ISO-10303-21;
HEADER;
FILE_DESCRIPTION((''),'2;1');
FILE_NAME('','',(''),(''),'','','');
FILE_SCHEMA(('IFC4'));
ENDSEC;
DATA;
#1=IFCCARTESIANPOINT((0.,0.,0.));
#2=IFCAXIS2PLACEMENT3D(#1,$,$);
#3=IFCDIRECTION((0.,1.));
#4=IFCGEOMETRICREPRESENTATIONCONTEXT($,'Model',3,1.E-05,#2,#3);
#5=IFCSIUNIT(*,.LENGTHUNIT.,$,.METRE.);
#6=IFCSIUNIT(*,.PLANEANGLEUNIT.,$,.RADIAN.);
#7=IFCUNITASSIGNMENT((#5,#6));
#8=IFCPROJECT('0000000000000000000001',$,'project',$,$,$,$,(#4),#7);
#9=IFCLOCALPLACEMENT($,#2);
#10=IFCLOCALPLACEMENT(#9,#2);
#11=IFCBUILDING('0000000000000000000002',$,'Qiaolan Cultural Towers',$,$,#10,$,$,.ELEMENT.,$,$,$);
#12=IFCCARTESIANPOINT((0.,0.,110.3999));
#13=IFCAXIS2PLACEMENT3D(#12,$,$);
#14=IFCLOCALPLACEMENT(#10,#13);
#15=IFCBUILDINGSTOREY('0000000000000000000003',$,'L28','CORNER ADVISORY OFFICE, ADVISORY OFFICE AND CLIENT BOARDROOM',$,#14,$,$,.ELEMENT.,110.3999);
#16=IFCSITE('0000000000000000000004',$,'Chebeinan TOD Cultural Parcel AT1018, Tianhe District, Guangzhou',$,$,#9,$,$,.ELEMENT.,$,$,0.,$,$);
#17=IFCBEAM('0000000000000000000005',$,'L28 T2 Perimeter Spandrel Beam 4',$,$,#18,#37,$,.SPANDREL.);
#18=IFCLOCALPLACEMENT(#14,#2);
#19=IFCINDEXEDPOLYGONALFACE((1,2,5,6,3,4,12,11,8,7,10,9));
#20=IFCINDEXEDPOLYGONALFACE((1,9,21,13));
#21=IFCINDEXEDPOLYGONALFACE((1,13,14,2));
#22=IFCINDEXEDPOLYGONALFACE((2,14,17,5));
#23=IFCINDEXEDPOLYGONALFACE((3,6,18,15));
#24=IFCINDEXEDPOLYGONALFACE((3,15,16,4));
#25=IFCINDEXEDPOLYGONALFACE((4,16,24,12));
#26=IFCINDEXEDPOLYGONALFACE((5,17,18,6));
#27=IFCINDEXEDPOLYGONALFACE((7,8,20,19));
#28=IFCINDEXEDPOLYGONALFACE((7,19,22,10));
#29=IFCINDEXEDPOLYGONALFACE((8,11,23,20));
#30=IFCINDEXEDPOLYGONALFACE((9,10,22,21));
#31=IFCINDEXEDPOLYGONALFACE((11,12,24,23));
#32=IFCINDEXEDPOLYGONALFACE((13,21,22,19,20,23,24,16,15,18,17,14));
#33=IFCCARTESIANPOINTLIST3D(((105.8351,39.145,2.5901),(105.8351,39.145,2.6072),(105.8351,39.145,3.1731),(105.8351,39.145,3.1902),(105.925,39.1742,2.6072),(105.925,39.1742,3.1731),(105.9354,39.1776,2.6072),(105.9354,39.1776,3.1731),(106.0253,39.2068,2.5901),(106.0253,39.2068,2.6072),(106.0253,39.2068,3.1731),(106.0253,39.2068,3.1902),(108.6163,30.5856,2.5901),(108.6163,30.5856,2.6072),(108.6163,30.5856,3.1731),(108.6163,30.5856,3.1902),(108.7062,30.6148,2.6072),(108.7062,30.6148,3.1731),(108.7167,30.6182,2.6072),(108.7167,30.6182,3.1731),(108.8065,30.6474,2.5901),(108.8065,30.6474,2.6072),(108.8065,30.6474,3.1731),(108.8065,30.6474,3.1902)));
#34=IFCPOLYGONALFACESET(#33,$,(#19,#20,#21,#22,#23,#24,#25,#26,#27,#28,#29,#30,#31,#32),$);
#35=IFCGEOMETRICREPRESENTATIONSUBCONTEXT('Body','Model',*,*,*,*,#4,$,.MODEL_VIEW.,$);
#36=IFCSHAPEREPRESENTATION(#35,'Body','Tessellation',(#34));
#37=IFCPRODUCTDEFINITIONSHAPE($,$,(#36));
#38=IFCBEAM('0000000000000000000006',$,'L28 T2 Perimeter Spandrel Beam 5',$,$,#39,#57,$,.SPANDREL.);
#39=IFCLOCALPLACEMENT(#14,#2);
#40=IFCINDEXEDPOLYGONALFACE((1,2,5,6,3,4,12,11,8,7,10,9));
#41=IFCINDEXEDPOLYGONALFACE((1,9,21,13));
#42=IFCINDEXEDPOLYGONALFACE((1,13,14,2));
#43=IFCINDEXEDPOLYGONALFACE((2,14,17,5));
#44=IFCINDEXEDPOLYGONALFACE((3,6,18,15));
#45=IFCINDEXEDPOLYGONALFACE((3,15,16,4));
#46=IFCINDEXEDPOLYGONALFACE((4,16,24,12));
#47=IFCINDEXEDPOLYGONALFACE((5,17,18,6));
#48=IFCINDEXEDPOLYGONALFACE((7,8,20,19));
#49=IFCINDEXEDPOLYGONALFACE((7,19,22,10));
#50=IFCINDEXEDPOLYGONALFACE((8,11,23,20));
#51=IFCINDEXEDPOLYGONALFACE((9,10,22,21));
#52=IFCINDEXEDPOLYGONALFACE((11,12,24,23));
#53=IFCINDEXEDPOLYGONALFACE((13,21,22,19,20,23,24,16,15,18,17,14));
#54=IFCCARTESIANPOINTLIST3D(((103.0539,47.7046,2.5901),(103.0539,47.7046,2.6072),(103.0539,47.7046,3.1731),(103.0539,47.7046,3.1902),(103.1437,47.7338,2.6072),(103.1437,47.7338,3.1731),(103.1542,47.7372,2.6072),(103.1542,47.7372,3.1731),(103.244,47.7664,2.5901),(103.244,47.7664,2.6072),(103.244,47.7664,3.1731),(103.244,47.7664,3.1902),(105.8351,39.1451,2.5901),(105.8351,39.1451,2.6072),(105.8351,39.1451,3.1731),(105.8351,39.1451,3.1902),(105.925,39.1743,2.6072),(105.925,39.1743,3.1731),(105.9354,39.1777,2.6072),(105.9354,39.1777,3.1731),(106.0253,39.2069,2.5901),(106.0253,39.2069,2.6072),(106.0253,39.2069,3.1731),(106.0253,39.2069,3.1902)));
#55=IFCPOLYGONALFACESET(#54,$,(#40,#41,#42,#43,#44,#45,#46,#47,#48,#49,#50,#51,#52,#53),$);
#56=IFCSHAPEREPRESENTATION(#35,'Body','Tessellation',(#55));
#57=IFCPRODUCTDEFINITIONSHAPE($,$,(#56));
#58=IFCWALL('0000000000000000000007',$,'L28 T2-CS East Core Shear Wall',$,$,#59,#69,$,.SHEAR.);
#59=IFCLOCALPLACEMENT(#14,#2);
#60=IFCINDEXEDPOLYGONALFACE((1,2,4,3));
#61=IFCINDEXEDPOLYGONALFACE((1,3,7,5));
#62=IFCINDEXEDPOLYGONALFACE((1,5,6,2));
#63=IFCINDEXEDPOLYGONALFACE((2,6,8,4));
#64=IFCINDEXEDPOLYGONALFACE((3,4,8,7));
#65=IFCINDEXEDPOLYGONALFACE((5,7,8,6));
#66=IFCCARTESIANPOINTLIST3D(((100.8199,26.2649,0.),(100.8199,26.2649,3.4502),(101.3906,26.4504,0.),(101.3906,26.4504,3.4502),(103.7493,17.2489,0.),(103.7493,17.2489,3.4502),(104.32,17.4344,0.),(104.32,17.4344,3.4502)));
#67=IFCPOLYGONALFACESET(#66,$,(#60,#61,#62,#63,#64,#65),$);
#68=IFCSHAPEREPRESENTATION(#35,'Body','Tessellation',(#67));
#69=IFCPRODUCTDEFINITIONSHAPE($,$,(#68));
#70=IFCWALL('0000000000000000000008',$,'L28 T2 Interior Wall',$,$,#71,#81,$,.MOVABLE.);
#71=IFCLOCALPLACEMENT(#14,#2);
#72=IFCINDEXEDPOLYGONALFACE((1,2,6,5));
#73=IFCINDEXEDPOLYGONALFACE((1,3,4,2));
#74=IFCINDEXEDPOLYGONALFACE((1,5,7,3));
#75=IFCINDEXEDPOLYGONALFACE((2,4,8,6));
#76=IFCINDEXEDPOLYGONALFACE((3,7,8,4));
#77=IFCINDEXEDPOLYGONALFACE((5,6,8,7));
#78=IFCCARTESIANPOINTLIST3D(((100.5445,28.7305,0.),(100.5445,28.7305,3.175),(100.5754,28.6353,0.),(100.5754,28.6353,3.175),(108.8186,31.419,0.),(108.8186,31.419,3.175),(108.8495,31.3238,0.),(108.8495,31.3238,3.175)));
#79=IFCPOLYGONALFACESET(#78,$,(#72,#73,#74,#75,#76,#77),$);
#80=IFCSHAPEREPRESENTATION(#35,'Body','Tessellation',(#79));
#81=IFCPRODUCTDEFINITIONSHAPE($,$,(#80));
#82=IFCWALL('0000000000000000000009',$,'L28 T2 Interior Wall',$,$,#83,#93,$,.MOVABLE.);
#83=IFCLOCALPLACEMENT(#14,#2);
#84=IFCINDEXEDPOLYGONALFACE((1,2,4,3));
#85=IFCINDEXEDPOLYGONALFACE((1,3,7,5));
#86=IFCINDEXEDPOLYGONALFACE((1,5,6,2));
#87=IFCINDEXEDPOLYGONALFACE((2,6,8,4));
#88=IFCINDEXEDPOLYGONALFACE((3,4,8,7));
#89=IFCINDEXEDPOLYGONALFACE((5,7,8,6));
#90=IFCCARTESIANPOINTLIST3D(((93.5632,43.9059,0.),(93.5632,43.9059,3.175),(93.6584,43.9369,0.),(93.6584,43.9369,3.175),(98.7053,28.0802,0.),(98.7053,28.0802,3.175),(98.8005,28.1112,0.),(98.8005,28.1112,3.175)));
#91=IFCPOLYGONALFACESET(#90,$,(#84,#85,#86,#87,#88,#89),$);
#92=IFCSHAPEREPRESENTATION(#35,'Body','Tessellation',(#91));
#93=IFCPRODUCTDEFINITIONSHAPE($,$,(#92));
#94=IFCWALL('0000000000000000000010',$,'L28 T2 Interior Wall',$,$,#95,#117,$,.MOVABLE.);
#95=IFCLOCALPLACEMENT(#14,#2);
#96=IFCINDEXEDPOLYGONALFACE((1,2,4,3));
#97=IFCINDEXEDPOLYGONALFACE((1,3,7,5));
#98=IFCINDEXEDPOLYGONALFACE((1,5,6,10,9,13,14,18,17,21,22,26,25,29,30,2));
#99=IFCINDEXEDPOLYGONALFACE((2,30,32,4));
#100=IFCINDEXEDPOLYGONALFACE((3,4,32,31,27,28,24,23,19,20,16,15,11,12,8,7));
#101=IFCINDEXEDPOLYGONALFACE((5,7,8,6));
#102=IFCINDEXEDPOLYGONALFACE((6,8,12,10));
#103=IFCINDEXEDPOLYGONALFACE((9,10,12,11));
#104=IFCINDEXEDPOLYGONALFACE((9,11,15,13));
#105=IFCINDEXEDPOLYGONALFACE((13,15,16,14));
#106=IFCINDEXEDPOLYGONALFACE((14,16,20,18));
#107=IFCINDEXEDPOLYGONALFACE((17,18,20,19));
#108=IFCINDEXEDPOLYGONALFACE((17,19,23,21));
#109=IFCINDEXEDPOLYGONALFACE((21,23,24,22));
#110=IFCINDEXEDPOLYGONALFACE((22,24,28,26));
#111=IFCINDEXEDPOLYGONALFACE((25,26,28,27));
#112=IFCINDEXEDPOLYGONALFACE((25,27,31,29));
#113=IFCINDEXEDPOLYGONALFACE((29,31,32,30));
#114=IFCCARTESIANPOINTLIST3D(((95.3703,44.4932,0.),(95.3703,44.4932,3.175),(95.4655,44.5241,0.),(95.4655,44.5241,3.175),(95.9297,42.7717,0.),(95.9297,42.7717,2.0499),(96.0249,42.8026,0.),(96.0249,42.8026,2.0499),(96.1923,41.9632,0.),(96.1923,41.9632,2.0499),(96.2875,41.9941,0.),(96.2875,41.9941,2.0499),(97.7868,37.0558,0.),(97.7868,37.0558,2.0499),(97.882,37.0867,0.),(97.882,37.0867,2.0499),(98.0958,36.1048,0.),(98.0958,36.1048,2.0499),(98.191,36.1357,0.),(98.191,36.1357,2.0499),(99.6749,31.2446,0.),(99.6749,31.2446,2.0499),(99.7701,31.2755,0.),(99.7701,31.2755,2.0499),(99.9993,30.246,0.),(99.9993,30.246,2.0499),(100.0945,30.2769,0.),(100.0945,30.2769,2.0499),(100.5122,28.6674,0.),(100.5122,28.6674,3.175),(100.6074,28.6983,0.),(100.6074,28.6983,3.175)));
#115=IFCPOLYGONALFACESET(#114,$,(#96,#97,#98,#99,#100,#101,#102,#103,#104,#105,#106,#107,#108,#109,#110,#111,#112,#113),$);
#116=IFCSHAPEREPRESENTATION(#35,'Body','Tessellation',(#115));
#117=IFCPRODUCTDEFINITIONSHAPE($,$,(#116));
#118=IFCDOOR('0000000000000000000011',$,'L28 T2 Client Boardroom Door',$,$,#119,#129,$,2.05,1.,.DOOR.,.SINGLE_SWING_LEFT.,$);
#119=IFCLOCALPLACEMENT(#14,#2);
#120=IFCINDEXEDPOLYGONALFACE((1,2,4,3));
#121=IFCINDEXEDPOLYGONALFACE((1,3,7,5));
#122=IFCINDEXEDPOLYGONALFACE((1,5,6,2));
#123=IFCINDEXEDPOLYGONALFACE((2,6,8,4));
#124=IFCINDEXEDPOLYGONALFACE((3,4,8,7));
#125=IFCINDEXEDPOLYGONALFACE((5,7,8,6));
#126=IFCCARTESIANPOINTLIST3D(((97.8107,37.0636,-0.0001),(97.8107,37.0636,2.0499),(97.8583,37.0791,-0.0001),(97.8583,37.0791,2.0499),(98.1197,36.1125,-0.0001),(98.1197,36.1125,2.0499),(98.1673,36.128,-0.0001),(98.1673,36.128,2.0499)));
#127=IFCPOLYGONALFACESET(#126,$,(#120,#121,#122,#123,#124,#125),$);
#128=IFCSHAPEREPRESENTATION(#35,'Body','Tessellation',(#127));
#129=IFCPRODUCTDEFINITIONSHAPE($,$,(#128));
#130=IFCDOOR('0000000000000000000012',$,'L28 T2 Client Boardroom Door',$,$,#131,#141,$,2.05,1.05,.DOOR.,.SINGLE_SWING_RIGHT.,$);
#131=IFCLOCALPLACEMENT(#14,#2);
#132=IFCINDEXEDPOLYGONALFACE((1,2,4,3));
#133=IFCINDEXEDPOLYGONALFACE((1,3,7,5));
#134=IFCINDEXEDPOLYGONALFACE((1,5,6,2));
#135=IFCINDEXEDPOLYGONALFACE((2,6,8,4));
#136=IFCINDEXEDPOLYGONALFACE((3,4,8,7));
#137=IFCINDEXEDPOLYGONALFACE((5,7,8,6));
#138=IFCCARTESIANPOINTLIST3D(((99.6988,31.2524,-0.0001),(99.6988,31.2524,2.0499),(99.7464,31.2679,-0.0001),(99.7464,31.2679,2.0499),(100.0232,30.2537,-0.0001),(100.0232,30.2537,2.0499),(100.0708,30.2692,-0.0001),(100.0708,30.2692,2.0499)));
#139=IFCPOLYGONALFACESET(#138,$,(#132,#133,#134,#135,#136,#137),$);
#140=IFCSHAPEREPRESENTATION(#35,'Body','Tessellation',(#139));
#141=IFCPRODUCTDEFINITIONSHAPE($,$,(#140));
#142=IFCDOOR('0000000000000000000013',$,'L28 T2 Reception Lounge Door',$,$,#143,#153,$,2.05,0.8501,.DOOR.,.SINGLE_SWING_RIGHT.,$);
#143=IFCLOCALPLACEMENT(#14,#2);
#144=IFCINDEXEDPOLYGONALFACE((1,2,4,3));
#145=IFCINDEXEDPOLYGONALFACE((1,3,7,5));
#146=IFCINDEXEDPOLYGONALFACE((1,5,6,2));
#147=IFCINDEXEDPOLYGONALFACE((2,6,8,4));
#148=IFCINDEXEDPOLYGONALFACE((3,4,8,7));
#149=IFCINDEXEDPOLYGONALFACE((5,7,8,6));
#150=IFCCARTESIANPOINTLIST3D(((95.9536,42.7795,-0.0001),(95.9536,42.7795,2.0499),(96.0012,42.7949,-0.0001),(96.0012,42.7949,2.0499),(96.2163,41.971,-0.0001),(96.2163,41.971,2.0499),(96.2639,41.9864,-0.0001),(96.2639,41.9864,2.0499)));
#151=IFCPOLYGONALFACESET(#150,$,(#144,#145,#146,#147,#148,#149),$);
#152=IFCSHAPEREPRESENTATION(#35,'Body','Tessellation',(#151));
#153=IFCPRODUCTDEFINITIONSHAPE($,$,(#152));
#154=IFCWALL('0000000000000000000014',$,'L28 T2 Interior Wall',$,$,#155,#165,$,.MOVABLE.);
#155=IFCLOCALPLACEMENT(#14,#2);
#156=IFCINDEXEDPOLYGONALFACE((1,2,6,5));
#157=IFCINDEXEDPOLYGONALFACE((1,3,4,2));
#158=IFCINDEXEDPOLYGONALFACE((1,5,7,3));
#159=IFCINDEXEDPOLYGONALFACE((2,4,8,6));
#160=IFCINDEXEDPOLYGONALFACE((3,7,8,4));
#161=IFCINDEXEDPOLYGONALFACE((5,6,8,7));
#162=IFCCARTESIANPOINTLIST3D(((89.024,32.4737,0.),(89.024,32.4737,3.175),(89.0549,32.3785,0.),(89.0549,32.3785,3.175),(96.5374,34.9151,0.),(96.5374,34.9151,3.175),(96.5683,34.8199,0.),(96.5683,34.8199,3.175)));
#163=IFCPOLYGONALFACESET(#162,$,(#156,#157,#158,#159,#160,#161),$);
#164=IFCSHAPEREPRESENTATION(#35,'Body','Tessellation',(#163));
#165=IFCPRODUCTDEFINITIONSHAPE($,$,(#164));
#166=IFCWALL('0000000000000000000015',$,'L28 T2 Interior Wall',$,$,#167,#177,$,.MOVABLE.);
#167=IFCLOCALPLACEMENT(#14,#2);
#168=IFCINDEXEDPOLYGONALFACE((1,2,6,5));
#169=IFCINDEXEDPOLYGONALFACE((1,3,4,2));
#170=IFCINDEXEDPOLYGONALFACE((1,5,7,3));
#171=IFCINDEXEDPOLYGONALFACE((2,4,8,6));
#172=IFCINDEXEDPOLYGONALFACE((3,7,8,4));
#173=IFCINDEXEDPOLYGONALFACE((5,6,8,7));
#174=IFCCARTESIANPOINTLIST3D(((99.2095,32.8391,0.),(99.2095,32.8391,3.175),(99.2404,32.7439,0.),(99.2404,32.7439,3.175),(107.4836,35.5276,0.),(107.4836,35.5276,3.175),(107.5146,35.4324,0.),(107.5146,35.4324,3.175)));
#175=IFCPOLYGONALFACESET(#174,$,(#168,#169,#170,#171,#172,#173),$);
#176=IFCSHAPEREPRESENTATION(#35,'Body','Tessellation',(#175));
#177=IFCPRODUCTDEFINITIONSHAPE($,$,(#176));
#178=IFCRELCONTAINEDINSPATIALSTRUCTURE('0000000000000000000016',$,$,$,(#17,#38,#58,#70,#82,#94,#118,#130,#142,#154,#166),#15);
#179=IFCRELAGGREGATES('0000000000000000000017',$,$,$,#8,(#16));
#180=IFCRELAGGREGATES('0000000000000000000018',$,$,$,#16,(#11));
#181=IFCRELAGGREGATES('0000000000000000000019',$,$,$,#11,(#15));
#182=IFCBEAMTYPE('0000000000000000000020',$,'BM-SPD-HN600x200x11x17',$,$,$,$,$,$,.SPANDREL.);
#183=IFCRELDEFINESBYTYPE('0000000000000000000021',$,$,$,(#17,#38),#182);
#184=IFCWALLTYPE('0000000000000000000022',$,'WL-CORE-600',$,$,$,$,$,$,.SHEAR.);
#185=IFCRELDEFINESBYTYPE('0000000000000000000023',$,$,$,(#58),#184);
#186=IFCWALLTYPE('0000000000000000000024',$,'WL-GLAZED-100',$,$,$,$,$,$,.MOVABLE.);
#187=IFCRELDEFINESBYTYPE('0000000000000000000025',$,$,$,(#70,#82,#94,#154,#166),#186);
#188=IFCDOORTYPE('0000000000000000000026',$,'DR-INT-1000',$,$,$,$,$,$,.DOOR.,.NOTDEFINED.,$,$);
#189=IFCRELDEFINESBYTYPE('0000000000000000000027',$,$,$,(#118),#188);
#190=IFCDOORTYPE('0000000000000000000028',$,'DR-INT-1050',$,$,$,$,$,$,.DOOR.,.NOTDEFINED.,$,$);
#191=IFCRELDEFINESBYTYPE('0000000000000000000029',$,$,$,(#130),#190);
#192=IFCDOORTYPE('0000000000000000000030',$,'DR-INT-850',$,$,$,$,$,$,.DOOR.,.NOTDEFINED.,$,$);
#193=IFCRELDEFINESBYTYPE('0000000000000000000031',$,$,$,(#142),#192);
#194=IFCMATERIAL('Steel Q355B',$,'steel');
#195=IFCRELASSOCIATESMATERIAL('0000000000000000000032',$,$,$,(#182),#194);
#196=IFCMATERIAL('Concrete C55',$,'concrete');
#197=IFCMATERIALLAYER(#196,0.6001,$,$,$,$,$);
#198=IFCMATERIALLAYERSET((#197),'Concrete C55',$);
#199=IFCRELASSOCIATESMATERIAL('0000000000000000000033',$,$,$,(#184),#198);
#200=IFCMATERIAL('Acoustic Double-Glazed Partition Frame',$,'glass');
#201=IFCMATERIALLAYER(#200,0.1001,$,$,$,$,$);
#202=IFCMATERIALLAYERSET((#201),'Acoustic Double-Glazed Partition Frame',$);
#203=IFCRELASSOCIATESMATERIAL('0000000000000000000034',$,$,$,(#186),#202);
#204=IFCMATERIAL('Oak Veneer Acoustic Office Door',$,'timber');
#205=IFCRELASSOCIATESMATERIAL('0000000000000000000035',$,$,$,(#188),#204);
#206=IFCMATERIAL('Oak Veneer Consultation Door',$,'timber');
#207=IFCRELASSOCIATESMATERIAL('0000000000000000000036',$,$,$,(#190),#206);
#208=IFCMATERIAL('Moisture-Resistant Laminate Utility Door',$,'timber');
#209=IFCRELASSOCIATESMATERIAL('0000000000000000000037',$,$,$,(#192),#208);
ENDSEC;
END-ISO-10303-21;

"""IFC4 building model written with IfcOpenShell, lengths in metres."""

from ifc_helpers import new_model, si_unit, direction, frame, frame_2d, origin, origin_2d, place, context, subcontext, project, spatial, rectangle, i_section, extrude, material, layer, layer_set, material_profile, profile_set, type_object, element, fill, save


model = new_model("IFC4")

# Units and contexts
model_context = context("Model", 3, precision=1e-05, world=origin(), true_north=direction((0.0, 1.0)))
body_context = subcontext(model_context, "Body", "Model", "MODEL_VIEW")
ifc_project = project(units=[si_unit("LENGTHUNIT", "METRE"), si_unit("PLANEANGLEUNIT", "RADIAN")], contexts=[model_context])

# Site, building, storey
site_placement = place(None, origin())
site = spatial("IfcSite", under=ifc_project, at=site_placement, Name="Chebeinan TOD Cultural Parcel AT1018, Tianhe District, Guangzhou", CompositionType="ELEMENT", RefElevation=0.0)
building_placement = place(site_placement, origin())
building = spatial("IfcBuilding", under=site, at=building_placement, Name="Qiaolan Cultural Towers", CompositionType="ELEMENT")
storey_placement = place(building_placement, frame((0.0, 0.0, 110.3999)))
storey = spatial("IfcBuildingStorey", under=building, at=storey_placement, Name="L28", Description="CORNER ADVISORY OFFICE, ADVISORY OFFICE AND CLIENT BOARDROOM", CompositionType="ELEMENT", Elevation=110.3999)

# Beams
ifc_material_1 = material(Name="Steel Q355B", Category="steel")
ifc_material_profile_1 = material_profile(ifc_material_1, i_section(OverallWidth=0.2, OverallDepth=0.6001, WebThickness=0.011, FlangeThickness=0.0171, at=origin_2d()), Name="HN600x200x11x17")
ifc_profile_set_1 = profile_set([ifc_material_profile_1], Name="Steel Q355B")
beam_type_1 = type_object("IfcBeamType", Name="BM-SPD-HN600x200x11x17", PredefinedType="SPANDREL", material=ifc_profile_set_1)
for number, where, z_axis, x_axis, name in (
    (1, (108.7114, 30.6165, 2.8901), (-0.309025, 0.951054, 0.0), (-0.951054, -0.309025, 0.0), "L28 T2 Perimeter Spandrel Beam 4"),
    (2, (105.9302, 39.176, 2.8901), (-0.309025, 0.951054, 0.0), (-0.951054, -0.309025, 0.0), "L28 T2 Perimeter Spandrel Beam 5"),
):
    element("IfcBeam", number, at=place(storey_placement, frame(where, z_axis=z_axis, x_axis=x_axis)), inside=storey, type_object=beam_type_1, Name=name, PredefinedType="SPANDREL", context=body_context, shape_type="SweptSolid", body=[
        extrude(i_section(OverallWidth=0.2, OverallDepth=0.6001, WebThickness=0.011, FlangeThickness=0.0171, at=origin_2d()), origin(), (0.0, 0.0, 1.0), 9.0),
    ])

# Walls
ifc_material_2 = material(Name="Concrete C55", Category="concrete")
ifc_layer_1 = layer(ifc_material_2, 0.6001)
ifc_layer_set_1 = layer_set([ifc_layer_1], Name="Concrete C55")
wall_type_1 = type_object("IfcWallType", Name="WL-CORE-600", PredefinedType="SHEAR", material=ifc_layer_set_1)
wall_1_placement = place(storey_placement, frame((101.1052, 26.3577, 0.0), z_axis=(0.0, 0.0, 1.0), x_axis=(0.30901, -0.951059, 0.0)))
element("IfcWall", 3, at=wall_1_placement, inside=storey, type_object=wall_type_1, Name="L28 T2-CS East Core Shear Wall", PredefinedType="SHEAR", context=body_context, shape_type="SweptSolid", body=[
    extrude(rectangle(XDim=9.48, YDim=0.6001, at=frame_2d((4.74, 0.0))), origin(), (0.0, 0.0, 1.0), 3.4502),
])
ifc_material_3 = material(Name="Acoustic Double-Glazed Partition Frame", Category="glass")
ifc_layer_2 = layer(ifc_material_3, 0.1001)
ifc_layer_set_2 = layer_set([ifc_layer_2], Name="Acoustic Double-Glazed Partition Frame")
wall_type_2 = type_object("IfcWallType", Name="WL-GLAZED-100", PredefinedType="MOVABLE", material=ifc_layer_set_2)
wall_2_placement = place(storey_placement, frame((100.5598, 28.6829, 0.0), z_axis=(0.0, 0.0, 1.0), x_axis=(0.951055, 0.309021, 0.0)))
element("IfcWall", 4, at=wall_2_placement, inside=storey, type_object=wall_type_2, Name="L28 T2 Interior Wall", PredefinedType="MOVABLE", context=body_context, shape_type="SweptSolid", body=[
    extrude(rectangle(XDim=8.7, YDim=0.1001, at=frame_2d((4.3501, 0.0))), origin(), (0.0, 0.0, 1.0), 3.175),
])
wall_3_placement = place(storey_placement, frame((98.7529, 28.0957, 0.0), z_axis=(0.0, 0.0, 1.0), x_axis=(-0.309018, 0.951056, 0.0)))
element("IfcWall", 5, at=wall_3_placement, inside=storey, type_object=wall_type_2, Name="L28 T2 Interior Wall", PredefinedType="MOVABLE", context=body_context, shape_type="SweptSolid", body=[
    extrude(rectangle(XDim=16.6401, YDim=0.1001, at=frame_2d((8.3201, 0.0))), origin(), (0.0, 0.0, 1.0), 3.175),
])

# Wall, openings, doors
wall_4_placement = place(storey_placement, frame((100.5598, 28.6829, 0.0), z_axis=(0.0, 0.0, 1.0), x_axis=(-0.309004, 0.951061, 0.0)))
wall_4 = element("IfcWall", 6, at=wall_4_placement, inside=storey, type_object=wall_type_2, Name="L28 T2 Interior Wall", PredefinedType="MOVABLE", context=body_context, shape_type="SweptSolid", body=[
    extrude(rectangle(XDim=16.6401, YDim=0.1001, at=frame_2d((8.3201, 0.0))), origin(), (0.0, 0.0, 1.0), 3.175),
])
opening_1_placement = place(wall_4_placement, frame((1.6599, 0.0, 0.0)))
opening_1 = element("IfcOpeningElement", 7, at=opening_1_placement, cuts=wall_4, PredefinedType="OPENING", context=body_context, shape_type="SweptSolid", body=[
    extrude(rectangle(XDim=1.05, YDim=2.05, at=frame_2d((0.5249, 1.0249))), frame((0.0, 0.0601, 0.0), z_axis=(0.0, -1.0, 0.0), x_axis=(1.0, 0.0, 0.0)), (0.0, 0.0, 1.0), 0.1201),
])
opening_2_placement = place(wall_4_placement, frame((7.8201, 0.0, 0.0)))
opening_2 = element("IfcOpeningElement", 8, at=opening_2_placement, cuts=wall_4, PredefinedType="OPENING", context=body_context, shape_type="SweptSolid", body=[
    extrude(rectangle(XDim=1.0, YDim=2.05, at=frame_2d((0.5, 1.0249))), frame((0.0, 0.0601, 0.0), z_axis=(0.0, -1.0, 0.0), x_axis=(1.0, 0.0, 0.0)), (0.0, 0.0, 1.0), 0.1201),
])
opening_3_placement = place(wall_4_placement, frame((13.98, 0.0, 0.0)))
opening_3 = element("IfcOpeningElement", 9, at=opening_3_placement, cuts=wall_4, PredefinedType="OPENING", context=body_context, shape_type="SweptSolid", body=[
    extrude(rectangle(XDim=0.8501, YDim=2.05, at=frame_2d((0.425, 1.0249))), frame((0.0, 0.0601, 0.0), z_axis=(0.0, -1.0, 0.0), x_axis=(1.0, 0.0, 0.0)), (0.0, 0.0, 1.0), 0.1201),
])
ifc_material_4 = material(Name="Oak Veneer Acoustic Office Door", Category="timber")
door_type_1 = type_object("IfcDoorType", Name="DR-INT-1000", OperationType="NOTDEFINED", PredefinedType="DOOR", material=ifc_material_4)
door_1_placement = place(opening_2_placement, origin())
door_1 = element("IfcDoor", 10, at=door_1_placement, inside=storey, type_object=door_type_1, Name="L28 T2 Client Boardroom Door", OperationType="SINGLE_SWING_LEFT", OverallHeight=2.05, OverallWidth=1.0, PredefinedType="DOOR", context=body_context, shape_type="SweptSolid", body=[
    extrude(rectangle(XDim=1.0, YDim=2.05, at=frame_2d((0.5, 1.0249))), frame((0.0, 0.0249, 0.0), z_axis=(0.0, -1.0, 0.0), x_axis=(1.0, 0.0, 0.0)), (0.0, 0.0, 1.0), 0.05),
])
fill(opening_2, door_1)
ifc_material_5 = material(Name="Oak Veneer Consultation Door", Category="timber")
door_type_2 = type_object("IfcDoorType", Name="DR-INT-1050", OperationType="NOTDEFINED", PredefinedType="DOOR", material=ifc_material_5)
door_2_placement = place(opening_1_placement, origin())
door_2 = element("IfcDoor", 11, at=door_2_placement, inside=storey, type_object=door_type_2, Name="L28 T2 Client Boardroom Door", OperationType="SINGLE_SWING_RIGHT", OverallHeight=2.05, OverallWidth=1.05, PredefinedType="DOOR", context=body_context, shape_type="SweptSolid", body=[
    extrude(rectangle(XDim=1.05, YDim=2.05, at=frame_2d((0.5249, 1.0249))), frame((0.0, 0.0249, 0.0), z_axis=(0.0, -1.0, 0.0), x_axis=(1.0, 0.0, 0.0)), (0.0, 0.0, 1.0), 0.05),
])
fill(opening_1, door_2)
ifc_material_6 = material(Name="Moisture-Resistant Laminate Utility Door", Category="timber")
door_type_3 = type_object("IfcDoorType", Name="DR-INT-850", OperationType="NOTDEFINED", PredefinedType="DOOR", material=ifc_material_6)
door_3_placement = place(opening_3_placement, origin())
door_3 = element("IfcDoor", 12, at=door_3_placement, inside=storey, type_object=door_type_3, Name="L28 T2 Reception Lounge Door", OperationType="SINGLE_SWING_RIGHT", OverallHeight=2.05, OverallWidth=0.8501, PredefinedType="DOOR", context=body_context, shape_type="SweptSolid", body=[
    extrude(rectangle(XDim=0.8501, YDim=2.05, at=frame_2d((0.425, 1.0249))), frame((0.0, 0.0249, 0.0), z_axis=(0.0, -1.0, 0.0), x_axis=(1.0, 0.0, 0.0)), (0.0, 0.0, 1.0), 0.05),
])
fill(opening_3, door_3)

# Walls
wall_5_placement = place(storey_placement, frame((89.0393, 32.426, 0.0), z_axis=(0.0, 0.0, 1.0), x_axis=(0.951051, 0.309034, 0.0)))
element("IfcWall", 13, at=wall_5_placement, inside=storey, type_object=wall_type_2, Name="L28 T2 Interior Wall", PredefinedType="MOVABLE", context=body_context, shape_type="SweptSolid", body=[
    extrude(rectangle(XDim=7.9001, YDim=0.1001, at=frame_2d((3.9502, 0.0))), origin(), (0.0, 0.0, 1.0), 3.175),
])
wall_6_placement = place(storey_placement, frame((99.2249, 32.7915, 0.0), z_axis=(0.0, 0.0, 1.0), x_axis=(0.951055, 0.309021, 0.0)))
element("IfcWall", 14, at=wall_6_placement, inside=storey, type_object=wall_type_2, Name="L28 T2 Interior Wall", PredefinedType="MOVABLE", context=body_context, shape_type="SweptSolid", body=[
    extrude(rectangle(XDim=8.7, YDim=0.1001, at=frame_2d((4.3501, 0.0))), origin(), (0.0, 0.0, 1.0), 3.175),
])

save(model, "model.ifc")
